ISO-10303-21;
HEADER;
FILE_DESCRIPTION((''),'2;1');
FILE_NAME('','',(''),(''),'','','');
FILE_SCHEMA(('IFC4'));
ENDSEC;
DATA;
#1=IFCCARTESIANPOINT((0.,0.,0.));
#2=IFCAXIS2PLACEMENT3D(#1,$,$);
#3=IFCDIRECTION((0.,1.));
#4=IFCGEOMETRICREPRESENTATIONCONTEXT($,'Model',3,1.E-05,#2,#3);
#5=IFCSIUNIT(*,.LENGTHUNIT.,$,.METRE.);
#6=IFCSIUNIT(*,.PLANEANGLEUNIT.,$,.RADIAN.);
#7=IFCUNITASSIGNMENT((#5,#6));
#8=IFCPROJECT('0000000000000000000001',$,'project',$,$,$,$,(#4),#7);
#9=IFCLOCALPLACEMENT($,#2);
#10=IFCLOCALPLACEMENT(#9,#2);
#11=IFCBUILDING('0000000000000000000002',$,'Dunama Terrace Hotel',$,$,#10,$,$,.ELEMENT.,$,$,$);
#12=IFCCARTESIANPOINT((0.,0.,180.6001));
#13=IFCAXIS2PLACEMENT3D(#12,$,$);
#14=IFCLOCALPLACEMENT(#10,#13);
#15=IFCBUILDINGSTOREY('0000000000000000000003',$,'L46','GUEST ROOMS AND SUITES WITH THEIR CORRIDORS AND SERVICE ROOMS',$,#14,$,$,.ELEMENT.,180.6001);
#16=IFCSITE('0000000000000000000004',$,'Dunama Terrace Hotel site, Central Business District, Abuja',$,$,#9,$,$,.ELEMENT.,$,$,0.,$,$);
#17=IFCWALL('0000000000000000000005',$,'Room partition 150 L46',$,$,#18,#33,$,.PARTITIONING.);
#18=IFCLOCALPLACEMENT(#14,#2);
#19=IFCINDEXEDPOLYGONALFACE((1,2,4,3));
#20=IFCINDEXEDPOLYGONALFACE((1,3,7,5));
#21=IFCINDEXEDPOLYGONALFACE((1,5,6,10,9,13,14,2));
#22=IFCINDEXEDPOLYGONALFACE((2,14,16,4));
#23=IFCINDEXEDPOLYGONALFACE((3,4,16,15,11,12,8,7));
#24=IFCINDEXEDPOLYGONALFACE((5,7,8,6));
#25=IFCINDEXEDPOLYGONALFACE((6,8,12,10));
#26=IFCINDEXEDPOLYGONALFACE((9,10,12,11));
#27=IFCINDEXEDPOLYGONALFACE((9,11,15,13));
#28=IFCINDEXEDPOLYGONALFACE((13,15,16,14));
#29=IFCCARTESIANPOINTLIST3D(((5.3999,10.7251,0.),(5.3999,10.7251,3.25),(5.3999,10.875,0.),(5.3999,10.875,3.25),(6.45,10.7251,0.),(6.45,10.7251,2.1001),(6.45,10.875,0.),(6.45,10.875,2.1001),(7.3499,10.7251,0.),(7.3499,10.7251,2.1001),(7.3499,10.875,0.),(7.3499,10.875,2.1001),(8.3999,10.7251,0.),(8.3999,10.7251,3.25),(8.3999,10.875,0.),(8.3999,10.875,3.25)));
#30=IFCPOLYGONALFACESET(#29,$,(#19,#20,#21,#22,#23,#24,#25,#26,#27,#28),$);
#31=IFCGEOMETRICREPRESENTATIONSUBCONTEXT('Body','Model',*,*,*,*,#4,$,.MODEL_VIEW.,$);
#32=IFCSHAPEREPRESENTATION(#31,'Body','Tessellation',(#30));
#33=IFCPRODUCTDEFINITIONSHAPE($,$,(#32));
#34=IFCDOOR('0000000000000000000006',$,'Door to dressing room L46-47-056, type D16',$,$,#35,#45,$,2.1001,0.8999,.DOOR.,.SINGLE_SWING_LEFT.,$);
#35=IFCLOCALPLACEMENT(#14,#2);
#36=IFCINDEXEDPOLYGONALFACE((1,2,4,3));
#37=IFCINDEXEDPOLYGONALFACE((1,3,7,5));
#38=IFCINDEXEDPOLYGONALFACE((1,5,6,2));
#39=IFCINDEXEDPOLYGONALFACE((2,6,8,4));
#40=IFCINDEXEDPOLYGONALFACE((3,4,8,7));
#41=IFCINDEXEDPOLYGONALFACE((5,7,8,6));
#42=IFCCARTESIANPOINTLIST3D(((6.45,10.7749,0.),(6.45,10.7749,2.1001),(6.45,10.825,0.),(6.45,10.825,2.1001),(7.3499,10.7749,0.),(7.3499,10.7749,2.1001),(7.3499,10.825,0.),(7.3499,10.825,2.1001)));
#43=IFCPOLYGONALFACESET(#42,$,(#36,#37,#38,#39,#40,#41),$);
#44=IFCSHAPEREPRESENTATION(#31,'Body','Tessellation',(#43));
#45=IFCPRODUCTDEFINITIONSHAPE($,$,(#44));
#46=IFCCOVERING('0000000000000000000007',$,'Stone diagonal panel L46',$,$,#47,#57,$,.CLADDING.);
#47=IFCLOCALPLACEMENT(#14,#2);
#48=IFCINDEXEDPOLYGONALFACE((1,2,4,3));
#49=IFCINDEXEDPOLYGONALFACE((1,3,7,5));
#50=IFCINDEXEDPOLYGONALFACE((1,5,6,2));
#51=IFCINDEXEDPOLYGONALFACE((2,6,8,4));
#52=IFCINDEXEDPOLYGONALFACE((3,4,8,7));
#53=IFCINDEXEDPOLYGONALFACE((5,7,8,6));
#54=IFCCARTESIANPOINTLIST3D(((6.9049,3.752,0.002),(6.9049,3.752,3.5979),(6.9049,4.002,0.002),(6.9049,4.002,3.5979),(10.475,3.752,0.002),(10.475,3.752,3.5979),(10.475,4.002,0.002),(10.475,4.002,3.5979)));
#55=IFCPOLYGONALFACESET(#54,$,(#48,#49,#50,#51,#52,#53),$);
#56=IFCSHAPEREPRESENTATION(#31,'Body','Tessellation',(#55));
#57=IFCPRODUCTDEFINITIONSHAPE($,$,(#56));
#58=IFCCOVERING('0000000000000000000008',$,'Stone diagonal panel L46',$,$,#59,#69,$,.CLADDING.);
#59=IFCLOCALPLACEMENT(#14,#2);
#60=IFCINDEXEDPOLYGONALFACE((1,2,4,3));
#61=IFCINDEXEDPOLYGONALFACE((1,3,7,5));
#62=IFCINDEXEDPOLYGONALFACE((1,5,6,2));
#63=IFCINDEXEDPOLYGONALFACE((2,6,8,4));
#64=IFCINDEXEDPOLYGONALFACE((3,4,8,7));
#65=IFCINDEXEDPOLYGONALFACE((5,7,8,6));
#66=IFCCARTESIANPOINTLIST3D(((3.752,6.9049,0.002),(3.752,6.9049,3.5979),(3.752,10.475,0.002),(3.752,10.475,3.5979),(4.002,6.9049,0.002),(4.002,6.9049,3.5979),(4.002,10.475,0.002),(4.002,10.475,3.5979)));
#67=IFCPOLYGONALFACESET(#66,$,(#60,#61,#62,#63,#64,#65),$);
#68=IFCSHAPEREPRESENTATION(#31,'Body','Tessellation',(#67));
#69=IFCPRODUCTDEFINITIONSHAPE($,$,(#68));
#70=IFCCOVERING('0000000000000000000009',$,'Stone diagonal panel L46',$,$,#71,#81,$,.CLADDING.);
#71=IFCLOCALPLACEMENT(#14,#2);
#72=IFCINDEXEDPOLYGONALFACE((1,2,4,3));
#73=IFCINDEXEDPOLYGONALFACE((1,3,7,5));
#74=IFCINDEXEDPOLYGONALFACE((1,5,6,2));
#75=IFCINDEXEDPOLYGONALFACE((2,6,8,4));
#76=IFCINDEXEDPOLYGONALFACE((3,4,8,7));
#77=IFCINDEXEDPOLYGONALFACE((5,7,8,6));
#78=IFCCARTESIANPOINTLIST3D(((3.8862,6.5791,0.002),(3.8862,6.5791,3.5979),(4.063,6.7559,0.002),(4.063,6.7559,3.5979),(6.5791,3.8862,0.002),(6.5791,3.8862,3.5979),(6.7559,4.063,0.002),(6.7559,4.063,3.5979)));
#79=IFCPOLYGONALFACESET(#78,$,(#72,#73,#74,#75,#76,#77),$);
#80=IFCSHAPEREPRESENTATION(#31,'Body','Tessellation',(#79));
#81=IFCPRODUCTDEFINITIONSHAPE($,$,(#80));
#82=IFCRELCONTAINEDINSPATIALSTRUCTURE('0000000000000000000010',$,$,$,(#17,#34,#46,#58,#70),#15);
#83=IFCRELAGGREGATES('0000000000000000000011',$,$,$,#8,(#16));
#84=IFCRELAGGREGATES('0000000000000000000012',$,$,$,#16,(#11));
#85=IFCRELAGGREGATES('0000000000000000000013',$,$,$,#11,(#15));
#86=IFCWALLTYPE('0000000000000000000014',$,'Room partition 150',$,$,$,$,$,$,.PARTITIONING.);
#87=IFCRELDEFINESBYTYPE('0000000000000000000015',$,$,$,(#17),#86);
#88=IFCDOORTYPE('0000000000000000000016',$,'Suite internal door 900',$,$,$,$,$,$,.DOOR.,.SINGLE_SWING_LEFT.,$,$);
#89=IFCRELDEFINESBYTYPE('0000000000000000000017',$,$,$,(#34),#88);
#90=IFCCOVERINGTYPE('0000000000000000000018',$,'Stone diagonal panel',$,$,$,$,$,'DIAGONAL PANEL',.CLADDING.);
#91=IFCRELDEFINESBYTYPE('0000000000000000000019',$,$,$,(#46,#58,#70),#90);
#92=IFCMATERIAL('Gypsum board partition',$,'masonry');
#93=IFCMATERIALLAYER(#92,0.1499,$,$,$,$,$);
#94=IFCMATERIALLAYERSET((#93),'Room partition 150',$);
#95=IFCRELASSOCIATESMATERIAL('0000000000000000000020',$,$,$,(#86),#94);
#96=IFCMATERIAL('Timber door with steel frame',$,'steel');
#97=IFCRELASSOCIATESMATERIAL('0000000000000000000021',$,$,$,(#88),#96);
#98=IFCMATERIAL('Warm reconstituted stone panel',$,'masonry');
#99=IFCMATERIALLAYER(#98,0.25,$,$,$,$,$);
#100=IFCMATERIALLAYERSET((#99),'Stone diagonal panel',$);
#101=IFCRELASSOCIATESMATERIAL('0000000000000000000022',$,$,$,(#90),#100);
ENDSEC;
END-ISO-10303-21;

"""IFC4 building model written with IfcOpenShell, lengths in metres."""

from ifc_helpers import new_model, si_unit, direction, frame, frame_2d, origin, origin_2d, place, context, subcontext, project, spatial, rectangle, extrude, material, layer, layer_set, type_object, element, fill, save


model = new_model("IFC4")

# Units and contexts
model_context = context("Model", 3, precision=1e-05, world=origin(), true_north=direction((0.0, 1.0)))
body_context = subcontext(model_context, "Body", "Model", "MODEL_VIEW")
ifc_project = project(units=[si_unit("LENGTHUNIT", "METRE"), si_unit("PLANEANGLEUNIT", "RADIAN")], contexts=[model_context])

# Site, building, storey
site_placement = place(None, origin())
site = spatial("IfcSite", under=ifc_project, at=site_placement, Name="Dunama Terrace Hotel site, Central Business District, Abuja", CompositionType="ELEMENT", RefElevation=0.0)
building_placement = place(site_placement, origin())
building = spatial("IfcBuilding", under=site, at=building_placement, Name="Dunama Terrace Hotel", CompositionType="ELEMENT")
storey_placement = place(building_placement, frame((0.0, 0.0, 180.6001)))
storey = spatial("IfcBuildingStorey", under=building, at=storey_placement, Name="L46", Description="GUEST ROOMS AND SUITES WITH THEIR CORRIDORS AND SERVICE ROOMS", CompositionType="ELEMENT", Elevation=180.6001)

# Shared definitions
ifc_material_1 = material(Name="Gypsum board partition", Category="masonry")
ifc_layer_1 = layer(ifc_material_1, 0.1499)
ifc_layer_set_1 = layer_set([ifc_layer_1], Name="Room partition 150")
wall_type = type_object("IfcWallType", Name="Room partition 150", PredefinedType="PARTITIONING", material=ifc_layer_set_1)

# Wall, opening, door
ifc_material_2 = material(Name="Timber door with steel frame", Category="steel")
door_type = type_object("IfcDoorType", Name="Suite internal door 900", OperationType="SINGLE_SWING_LEFT", PredefinedType="DOOR", material=ifc_material_2)
wall_1_placement = place(storey_placement, frame((5.3999, 10.8, 0.0), z_axis=(0.0, 0.0, 1.0), x_axis=(1.0, 0.0, 0.0)))
wall_1 = element("IfcWall", 1, at=wall_1_placement, inside=storey, type_object=wall_type, Name="Room partition 150 L46", PredefinedType="PARTITIONING", context=body_context, shape_type="SweptSolid", body=[
    extrude(rectangle(XDim=3.0, YDim=0.1499, at=frame_2d((1.5, 0.0))), origin(), (0.0, 0.0, 1.0), 3.25),
])
opening_1_placement = place(wall_1_placement, frame((1.05, 0.0, 0.0)))
opening_1 = element("IfcOpeningElement", 2, at=opening_1_placement, cuts=wall_1, PredefinedType="OPENING", context=body_context, shape_type="SweptSolid", body=[
    extrude(rectangle(XDim=0.8999, YDim=2.1001, at=frame_2d((0.45, 1.05))), frame((0.0, 0.085, 0.0), z_axis=(0.0, -1.0, 0.0), x_axis=(1.0, 0.0, 0.0)), (0.0, 0.0, 1.0), 0.1699),
])
door_1_placement = place(opening_1_placement, origin())
door_1 = element("IfcDoor", 3, at=door_1_placement, inside=storey, type_object=door_type, Name="Door to dressing room L46-47-056, type D16", OperationType="SINGLE_SWING_LEFT", OverallHeight=2.1001, OverallWidth=0.8999, PredefinedType="DOOR", context=body_context, shape_type="SweptSolid", body=[
    extrude(rectangle(XDim=0.8999, YDim=2.1001, at=frame_2d((0.45, 1.05))), frame((0.0, 0.0249, 0.0), z_axis=(0.0, -1.0, 0.0), x_axis=(1.0, 0.0, 0.0)), (0.0, 0.0, 1.0), 0.05),
])
fill(opening_1, door_1)

# Coverings
ifc_material_3 = material(Name="Warm reconstituted stone panel", Category="masonry")
ifc_layer_2 = layer(ifc_material_3, 0.25)
ifc_layer_set_2 = layer_set([ifc_layer_2], Name="Stone diagonal panel")
covering_type = type_object("IfcCoveringType", Name="Stone diagonal panel", ElementType="DIAGONAL PANEL", PredefinedType="CLADDING", material=ifc_layer_set_2)
for number, where, z_axis, x_axis, name in (
    (4, (8.6899, 3.877, 0.002), (0.0, 0.0, 1.0), (1.0, 0.0, 0.0), "Stone diagonal panel L46"),
    (5, (3.877, 8.6899, 0.002), (0.0, 0.0, 1.0), (0.0, -1.0, 0.0), "Stone diagonal panel L46"),
):
    element("IfcCovering", number, at=place(storey_placement, frame(where, z_axis=z_axis, x_axis=x_axis)), inside=storey, type_object=covering_type, Name=name, PredefinedType="CLADDING", context=body_context, shape_type="SweptSolid", body=[
        extrude(rectangle(XDim=3.5701, YDim=0.25, at=origin_2d()), origin(), (0.0, 0.0, 1.0), 3.5959),
    ])
covering_placement = place(storey_placement, frame((5.321, 5.321, 0.002), z_axis=(0.0, 0.0, 1.0), x_axis=(0.707107, -0.707107, 0.0)))
element("IfcCovering", 6, at=covering_placement, inside=storey, type_object=covering_type, Name="Stone diagonal panel L46", PredefinedType="CLADDING", context=body_context, shape_type="SweptSolid", body=[
    extrude(rectangle(XDim=3.8083, YDim=0.25, at=origin_2d()), origin(), (0.0, 0.0, 1.0), 3.5959),
])

save(model, "model.ifc")
